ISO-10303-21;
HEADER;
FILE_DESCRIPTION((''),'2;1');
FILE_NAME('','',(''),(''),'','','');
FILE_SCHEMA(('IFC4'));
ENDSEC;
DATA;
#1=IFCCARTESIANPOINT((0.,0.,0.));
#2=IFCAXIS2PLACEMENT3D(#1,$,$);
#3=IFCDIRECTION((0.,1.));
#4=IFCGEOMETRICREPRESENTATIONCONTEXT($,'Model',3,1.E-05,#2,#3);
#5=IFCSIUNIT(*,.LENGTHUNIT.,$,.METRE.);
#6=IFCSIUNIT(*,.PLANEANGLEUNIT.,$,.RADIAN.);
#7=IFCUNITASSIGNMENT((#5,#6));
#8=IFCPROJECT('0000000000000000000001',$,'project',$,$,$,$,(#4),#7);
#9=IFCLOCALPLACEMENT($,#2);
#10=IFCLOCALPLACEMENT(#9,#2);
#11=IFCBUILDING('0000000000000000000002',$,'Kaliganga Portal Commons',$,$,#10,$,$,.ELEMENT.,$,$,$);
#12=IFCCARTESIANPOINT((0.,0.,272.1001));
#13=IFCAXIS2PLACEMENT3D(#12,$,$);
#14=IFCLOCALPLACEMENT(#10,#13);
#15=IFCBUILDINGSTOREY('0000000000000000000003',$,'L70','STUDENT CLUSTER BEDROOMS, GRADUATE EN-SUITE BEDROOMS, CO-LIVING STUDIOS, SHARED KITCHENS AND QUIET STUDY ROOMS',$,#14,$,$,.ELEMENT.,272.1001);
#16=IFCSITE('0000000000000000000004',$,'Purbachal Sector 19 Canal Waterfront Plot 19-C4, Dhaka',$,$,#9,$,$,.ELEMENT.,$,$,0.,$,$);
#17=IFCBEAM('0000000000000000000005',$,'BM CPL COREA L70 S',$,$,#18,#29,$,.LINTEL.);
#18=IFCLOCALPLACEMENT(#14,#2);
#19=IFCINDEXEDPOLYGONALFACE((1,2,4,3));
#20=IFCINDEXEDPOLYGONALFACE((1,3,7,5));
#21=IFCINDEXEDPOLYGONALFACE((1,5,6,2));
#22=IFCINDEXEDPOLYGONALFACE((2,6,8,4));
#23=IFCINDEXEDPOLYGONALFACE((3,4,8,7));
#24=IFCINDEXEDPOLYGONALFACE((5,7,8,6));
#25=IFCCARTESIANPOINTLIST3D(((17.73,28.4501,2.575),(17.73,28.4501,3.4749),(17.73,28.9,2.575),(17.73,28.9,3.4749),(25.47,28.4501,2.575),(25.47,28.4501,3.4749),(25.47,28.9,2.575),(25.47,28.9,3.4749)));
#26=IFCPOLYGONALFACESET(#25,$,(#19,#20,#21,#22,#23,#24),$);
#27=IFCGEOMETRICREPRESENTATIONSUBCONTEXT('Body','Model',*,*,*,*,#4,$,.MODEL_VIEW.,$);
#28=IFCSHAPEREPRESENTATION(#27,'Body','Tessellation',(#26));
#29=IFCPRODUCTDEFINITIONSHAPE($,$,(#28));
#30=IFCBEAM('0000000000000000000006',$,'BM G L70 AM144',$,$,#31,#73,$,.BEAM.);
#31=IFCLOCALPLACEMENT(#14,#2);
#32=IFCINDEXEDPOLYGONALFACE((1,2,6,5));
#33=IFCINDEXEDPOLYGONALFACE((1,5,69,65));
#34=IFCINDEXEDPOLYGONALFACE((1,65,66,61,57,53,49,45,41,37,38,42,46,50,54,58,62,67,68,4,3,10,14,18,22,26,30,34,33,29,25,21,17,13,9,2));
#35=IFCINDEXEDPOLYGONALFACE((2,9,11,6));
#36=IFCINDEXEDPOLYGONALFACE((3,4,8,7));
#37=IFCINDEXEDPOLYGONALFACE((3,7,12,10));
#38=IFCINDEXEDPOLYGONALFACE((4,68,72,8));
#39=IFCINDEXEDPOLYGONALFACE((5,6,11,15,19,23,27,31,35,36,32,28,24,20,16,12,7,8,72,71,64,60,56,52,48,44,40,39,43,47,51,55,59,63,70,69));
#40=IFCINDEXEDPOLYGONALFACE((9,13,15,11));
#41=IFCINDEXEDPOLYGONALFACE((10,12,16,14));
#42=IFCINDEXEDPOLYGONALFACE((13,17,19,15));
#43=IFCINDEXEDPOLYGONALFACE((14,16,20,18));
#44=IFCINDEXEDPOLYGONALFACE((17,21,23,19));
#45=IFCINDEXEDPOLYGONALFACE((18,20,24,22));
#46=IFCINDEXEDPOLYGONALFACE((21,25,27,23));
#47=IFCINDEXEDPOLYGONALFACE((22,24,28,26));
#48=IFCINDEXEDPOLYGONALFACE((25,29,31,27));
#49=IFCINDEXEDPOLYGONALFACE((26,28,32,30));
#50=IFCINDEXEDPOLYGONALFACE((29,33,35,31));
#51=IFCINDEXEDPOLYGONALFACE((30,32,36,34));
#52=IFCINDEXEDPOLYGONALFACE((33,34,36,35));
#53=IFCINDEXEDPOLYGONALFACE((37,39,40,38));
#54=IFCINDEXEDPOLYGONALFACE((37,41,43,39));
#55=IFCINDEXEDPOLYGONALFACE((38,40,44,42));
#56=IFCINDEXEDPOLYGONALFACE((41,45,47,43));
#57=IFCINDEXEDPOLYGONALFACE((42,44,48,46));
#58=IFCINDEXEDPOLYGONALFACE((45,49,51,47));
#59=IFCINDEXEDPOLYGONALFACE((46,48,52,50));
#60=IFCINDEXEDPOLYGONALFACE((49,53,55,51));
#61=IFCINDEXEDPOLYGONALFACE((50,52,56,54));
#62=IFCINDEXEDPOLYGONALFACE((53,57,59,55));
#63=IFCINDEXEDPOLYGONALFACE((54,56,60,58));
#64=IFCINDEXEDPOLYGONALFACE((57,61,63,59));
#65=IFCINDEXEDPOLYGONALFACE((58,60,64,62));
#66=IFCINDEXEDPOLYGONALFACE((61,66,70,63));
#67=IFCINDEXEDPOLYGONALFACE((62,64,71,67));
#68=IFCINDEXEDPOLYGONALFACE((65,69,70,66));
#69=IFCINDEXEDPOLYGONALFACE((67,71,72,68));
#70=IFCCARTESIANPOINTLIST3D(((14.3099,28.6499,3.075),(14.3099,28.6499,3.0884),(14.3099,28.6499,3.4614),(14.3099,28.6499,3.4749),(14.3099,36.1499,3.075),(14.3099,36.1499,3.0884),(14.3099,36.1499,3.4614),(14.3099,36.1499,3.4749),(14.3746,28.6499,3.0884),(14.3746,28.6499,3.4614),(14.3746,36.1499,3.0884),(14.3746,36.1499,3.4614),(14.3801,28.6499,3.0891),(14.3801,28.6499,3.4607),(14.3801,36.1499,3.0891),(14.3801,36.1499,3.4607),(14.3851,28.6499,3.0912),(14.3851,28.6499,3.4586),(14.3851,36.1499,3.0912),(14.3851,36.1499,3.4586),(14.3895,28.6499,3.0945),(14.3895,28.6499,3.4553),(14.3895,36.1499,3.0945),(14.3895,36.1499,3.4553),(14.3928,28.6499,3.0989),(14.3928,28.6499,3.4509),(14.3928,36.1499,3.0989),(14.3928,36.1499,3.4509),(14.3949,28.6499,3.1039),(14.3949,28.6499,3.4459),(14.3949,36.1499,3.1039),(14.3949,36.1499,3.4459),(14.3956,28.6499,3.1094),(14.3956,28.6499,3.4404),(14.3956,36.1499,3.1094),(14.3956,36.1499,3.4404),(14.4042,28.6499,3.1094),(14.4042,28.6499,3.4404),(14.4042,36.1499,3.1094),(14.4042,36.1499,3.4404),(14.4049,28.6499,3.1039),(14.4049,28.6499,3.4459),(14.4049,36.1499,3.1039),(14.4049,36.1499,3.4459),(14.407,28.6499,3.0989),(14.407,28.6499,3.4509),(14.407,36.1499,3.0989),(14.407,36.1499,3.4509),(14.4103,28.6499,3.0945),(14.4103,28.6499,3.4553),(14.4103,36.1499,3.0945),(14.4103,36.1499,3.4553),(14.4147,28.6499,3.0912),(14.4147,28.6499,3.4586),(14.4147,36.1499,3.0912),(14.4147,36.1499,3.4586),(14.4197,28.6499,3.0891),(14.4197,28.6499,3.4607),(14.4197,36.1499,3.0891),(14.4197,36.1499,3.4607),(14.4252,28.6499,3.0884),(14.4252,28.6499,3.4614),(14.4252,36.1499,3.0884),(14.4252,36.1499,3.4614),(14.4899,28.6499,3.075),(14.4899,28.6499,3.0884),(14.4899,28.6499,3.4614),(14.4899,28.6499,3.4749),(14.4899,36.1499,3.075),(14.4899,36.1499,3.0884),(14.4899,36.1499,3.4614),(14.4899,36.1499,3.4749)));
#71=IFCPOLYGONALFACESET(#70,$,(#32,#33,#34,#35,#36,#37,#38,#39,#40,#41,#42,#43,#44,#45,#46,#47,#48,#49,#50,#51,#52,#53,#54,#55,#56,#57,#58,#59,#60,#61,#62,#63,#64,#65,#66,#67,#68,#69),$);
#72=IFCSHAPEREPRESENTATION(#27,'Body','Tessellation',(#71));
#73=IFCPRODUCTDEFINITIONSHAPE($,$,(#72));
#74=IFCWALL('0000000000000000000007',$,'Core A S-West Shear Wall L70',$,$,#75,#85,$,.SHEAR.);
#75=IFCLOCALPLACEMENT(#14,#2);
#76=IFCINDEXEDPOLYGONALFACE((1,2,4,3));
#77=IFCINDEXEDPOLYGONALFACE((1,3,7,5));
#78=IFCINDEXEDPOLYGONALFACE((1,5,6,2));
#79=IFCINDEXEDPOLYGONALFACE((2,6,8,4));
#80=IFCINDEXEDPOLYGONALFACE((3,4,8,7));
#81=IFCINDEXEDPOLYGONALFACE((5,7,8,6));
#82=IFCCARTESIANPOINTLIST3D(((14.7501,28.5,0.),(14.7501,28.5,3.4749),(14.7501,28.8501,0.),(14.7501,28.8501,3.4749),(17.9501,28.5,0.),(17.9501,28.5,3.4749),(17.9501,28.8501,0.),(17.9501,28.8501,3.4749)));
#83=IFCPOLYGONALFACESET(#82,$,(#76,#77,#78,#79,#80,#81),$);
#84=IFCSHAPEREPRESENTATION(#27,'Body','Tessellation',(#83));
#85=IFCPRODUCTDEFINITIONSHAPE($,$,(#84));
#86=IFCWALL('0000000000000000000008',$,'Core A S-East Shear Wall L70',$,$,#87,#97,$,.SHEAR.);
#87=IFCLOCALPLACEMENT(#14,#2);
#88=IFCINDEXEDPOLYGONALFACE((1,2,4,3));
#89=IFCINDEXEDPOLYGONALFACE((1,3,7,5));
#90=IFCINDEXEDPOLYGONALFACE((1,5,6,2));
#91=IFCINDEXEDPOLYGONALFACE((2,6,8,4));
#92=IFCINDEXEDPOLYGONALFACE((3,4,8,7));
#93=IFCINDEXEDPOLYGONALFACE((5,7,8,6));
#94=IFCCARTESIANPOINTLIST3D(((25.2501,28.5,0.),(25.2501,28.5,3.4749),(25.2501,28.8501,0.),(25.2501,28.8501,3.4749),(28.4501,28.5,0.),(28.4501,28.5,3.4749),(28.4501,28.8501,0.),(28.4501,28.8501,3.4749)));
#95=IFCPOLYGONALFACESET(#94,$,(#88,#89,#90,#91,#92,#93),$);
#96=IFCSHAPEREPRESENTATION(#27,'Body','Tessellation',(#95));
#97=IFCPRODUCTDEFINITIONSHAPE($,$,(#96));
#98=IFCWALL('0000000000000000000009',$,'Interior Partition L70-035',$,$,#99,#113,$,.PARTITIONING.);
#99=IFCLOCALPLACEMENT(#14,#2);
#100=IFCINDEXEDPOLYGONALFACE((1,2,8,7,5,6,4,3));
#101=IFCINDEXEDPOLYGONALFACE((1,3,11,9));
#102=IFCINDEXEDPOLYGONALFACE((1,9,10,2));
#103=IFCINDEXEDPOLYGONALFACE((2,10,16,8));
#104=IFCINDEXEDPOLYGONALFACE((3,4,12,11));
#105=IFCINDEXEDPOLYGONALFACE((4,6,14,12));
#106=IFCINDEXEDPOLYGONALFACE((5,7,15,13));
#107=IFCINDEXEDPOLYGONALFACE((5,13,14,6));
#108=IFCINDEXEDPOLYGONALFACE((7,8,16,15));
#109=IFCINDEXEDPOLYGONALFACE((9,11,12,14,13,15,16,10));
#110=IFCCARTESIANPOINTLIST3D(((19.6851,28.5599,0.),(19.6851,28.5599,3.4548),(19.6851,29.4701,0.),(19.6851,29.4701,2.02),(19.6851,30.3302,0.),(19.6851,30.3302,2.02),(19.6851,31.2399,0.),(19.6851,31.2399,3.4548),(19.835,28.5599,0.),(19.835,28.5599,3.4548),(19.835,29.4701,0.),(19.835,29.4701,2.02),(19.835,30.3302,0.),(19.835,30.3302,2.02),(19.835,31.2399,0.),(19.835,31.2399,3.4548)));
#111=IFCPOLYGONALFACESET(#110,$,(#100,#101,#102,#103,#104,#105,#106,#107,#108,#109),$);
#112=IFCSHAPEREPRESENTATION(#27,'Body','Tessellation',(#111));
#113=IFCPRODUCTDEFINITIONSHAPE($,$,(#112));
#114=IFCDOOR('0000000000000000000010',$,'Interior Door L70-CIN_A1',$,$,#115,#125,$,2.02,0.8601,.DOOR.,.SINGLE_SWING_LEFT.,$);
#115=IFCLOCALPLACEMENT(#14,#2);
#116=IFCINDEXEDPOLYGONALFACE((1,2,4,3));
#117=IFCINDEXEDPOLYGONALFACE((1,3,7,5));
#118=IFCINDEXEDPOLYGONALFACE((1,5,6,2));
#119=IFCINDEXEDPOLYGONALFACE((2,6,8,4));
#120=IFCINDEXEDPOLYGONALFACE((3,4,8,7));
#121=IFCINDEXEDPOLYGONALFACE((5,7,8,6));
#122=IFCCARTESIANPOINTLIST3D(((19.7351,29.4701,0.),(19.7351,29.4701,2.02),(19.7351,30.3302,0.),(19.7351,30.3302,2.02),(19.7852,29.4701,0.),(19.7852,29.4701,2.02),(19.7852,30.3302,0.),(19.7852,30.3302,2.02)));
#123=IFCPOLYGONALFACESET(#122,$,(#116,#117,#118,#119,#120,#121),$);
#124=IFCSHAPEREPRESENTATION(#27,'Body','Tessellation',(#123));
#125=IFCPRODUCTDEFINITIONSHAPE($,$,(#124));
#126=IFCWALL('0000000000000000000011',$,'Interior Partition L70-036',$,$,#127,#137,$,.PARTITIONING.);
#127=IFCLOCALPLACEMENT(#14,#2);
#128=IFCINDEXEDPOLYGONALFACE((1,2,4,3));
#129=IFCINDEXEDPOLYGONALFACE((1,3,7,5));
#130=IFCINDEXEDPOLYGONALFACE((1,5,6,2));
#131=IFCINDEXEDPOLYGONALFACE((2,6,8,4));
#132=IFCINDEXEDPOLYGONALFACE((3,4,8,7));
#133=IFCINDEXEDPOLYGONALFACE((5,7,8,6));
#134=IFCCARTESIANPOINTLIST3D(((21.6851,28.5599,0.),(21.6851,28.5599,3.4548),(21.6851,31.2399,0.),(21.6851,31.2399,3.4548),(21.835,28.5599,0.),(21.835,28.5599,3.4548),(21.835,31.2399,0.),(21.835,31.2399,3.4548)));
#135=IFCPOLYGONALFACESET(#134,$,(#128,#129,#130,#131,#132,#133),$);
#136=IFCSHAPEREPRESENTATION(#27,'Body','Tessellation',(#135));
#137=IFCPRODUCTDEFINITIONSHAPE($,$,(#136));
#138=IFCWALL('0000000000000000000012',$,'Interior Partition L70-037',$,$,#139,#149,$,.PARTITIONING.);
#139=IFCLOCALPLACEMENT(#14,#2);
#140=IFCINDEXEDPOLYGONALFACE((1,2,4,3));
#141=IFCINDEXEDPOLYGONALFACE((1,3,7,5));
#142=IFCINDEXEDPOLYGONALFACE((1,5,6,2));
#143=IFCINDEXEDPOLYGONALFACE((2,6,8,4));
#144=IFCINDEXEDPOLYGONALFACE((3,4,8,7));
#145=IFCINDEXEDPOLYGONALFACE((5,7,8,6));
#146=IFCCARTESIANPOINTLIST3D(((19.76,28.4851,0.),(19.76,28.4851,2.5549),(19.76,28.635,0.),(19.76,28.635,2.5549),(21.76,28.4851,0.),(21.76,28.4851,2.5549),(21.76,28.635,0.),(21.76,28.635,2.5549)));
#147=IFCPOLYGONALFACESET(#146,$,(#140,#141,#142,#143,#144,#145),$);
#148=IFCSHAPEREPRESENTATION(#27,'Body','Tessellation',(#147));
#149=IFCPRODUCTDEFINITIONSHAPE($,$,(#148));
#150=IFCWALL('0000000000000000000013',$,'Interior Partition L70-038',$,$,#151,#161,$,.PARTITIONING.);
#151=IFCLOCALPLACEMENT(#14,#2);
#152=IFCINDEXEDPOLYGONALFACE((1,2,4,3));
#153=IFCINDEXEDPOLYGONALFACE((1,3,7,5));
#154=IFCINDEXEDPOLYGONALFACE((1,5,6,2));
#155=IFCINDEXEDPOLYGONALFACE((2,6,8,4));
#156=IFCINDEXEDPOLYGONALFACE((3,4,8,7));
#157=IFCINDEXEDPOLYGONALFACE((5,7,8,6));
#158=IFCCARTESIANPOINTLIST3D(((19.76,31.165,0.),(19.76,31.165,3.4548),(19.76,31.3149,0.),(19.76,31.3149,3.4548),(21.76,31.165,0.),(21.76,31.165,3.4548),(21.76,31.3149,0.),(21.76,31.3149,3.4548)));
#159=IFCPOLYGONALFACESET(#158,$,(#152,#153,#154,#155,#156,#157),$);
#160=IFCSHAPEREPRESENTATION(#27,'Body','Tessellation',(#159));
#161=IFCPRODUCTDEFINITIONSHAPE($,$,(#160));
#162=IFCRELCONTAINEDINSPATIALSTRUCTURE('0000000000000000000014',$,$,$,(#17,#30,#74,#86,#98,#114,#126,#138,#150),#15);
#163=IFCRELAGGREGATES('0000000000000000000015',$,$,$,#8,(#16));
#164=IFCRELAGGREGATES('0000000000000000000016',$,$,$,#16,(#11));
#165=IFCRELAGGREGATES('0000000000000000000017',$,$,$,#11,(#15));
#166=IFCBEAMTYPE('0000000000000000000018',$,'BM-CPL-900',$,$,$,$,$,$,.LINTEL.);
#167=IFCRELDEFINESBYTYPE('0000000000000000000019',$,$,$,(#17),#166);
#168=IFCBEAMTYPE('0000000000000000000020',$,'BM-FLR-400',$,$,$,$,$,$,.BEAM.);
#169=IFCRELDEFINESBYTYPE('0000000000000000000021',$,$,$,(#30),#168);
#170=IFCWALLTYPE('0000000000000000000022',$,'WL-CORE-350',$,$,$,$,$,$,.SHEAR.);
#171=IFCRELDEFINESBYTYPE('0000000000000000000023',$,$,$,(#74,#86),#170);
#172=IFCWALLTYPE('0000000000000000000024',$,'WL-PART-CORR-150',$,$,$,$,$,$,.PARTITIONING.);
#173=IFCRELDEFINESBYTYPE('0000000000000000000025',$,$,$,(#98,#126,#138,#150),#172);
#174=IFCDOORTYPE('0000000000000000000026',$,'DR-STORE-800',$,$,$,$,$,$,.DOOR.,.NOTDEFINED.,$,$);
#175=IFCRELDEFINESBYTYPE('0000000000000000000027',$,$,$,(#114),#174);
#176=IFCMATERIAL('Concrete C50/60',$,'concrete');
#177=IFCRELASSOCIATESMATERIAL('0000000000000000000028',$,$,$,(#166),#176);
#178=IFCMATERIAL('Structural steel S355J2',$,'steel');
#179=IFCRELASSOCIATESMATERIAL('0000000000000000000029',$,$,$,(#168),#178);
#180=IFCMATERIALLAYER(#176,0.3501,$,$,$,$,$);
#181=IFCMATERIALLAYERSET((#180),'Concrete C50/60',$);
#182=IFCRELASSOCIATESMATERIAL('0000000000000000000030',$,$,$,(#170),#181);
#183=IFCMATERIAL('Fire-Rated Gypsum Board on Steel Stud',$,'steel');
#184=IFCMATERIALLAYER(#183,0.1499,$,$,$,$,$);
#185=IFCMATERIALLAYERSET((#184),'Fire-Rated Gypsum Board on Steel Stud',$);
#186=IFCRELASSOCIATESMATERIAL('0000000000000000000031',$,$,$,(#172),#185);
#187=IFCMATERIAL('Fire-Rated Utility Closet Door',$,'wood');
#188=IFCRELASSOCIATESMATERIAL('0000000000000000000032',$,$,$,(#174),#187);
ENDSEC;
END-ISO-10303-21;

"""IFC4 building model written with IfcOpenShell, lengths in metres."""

from ifc_helpers import new_model, si_unit, direction, frame, frame_2d, origin, origin_2d, place, context, subcontext, project, spatial, rectangle, i_section, extrude, source, transform, mapped, material, layer, layer_set, material_profile, profile_set, type_object, element, fill, save


model = new_model("IFC4")

# Units and contexts
model_context = context("Model", 3, precision=1e-05, world=origin(), true_north=direction((0.0, 1.0)))
body_context = subcontext(model_context, "Body", "Model", "MODEL_VIEW")
ifc_project = project(units=[si_unit("LENGTHUNIT", "METRE"), si_unit("PLANEANGLEUNIT", "RADIAN")], contexts=[model_context])

# Site, building, storey
site_placement = place(None, origin())
site = spatial("IfcSite", under=ifc_project, at=site_placement, Name="Purbachal Sector 19 Canal Waterfront Plot 19-C4, Dhaka", CompositionType="ELEMENT", RefElevation=0.0)
building_placement = place(site_placement, origin())
building = spatial("IfcBuilding", under=site, at=building_placement, Name="Kaliganga Portal Commons", CompositionType="ELEMENT")
storey_placement = place(building_placement, frame((0.0, 0.0, 272.1001)))
storey = spatial("IfcBuildingStorey", under=building, at=storey_placement, Name="L70", Description="STUDENT CLUSTER BEDROOMS, GRADUATE EN-SUITE BEDROOMS, CO-LIVING STUDIOS, SHARED KITCHENS AND QUIET STUDY ROOMS", CompositionType="ELEMENT", Elevation=272.1001)

# Beams
ifc_material_1 = material(Name="Concrete C50/60", Category="concrete")
ifc_material_profile_1 = material_profile(ifc_material_1, rectangle(XDim=0.45, YDim=0.8999, at=origin_2d()), Name="RC 450x900")
ifc_profile_set_1 = profile_set([ifc_material_profile_1], Name="Concrete C50/60")
beam_type_1 = type_object("IfcBeamType", Name="BM-CPL-900", PredefinedType="LINTEL", material=ifc_profile_set_1)
shared_shape_1 = source(origin(), body_context, "Body", "SweptSolid", [
    extrude(rectangle(XDim=0.45, YDim=0.8999, at=origin_2d()), origin(), (0.0, 0.0, 1.0), 7.74),
])
beam_1_placement = place(storey_placement, frame((17.73, 28.675, 3.0249), z_axis=(1.0, 0.0, 0.0), x_axis=(0.0, 1.0, 0.0)))
element("IfcBeam", 1, at=beam_1_placement, inside=storey, type_object=beam_type_1, Name="BM CPL COREA L70 S", PredefinedType="LINTEL", context=body_context, shape_type="MappedRepresentation", body=[
    mapped(shared_shape_1, transform((0.0, 0.0, 0.0), x_axis=(1.0, 0.0, 0.0), y_axis=(0.0, 1.0, 0.0), z_axis=(0.0, 0.0, 1.0), scale=1.0)),
])
ifc_material_2 = material(Name="Structural steel S355J2", Category="steel")
ifc_material_profile_2 = material_profile(ifc_material_2, i_section(OverallWidth=0.1799, OverallDepth=0.3999, WebThickness=0.0085, FlangeThickness=0.0134, FilletRadius=0.021, at=origin_2d()), Name="IPE 400")
ifc_profile_set_2 = profile_set([ifc_material_profile_2], Name="Structural steel S355J2 wide-flange")
beam_type_2 = type_object("IfcBeamType", Name="BM-FLR-400", PredefinedType="BEAM", material=ifc_profile_set_2)
shared_shape_2 = source(origin(), body_context, "Body", "SweptSolid", [
    extrude(i_section(OverallWidth=0.1799, OverallDepth=0.3999, WebThickness=0.0085, FlangeThickness=0.0134, FilletRadius=0.021, at=origin_2d()), origin(), (0.0, 0.0, 1.0), 7.5),
])
beam_2_placement = place(storey_placement, frame((14.3999, 28.6499, 3.2749), z_axis=(0.0, 1.0, 0.0), x_axis=(-1.0, 0.0, 0.0)))
element("IfcBeam", 2, at=beam_2_placement, inside=storey, type_object=beam_type_2, Name="BM G L70 AM144", PredefinedType="BEAM", context=body_context, shape_type="MappedRepresentation", body=[
    mapped(shared_shape_2, transform((0.0, 0.0, 0.0), x_axis=(1.0, 0.0, 0.0), y_axis=(0.0, 1.0, 0.0), z_axis=(0.0, 0.0, 1.0), scale=1.0)),
])

# Walls
ifc_layer_1 = layer(ifc_material_1, 0.3501)
ifc_layer_set_1 = layer_set([ifc_layer_1], Name="Concrete C50/60")
wall_type_1 = type_object("IfcWallType", Name="WL-CORE-350", PredefinedType="SHEAR", material=ifc_layer_set_1)
for number, where, z_axis, x_axis, name in (
    (3, (14.75, 28.675, 0.0), (0.0, 0.0, 1.0), (1.0, 0.0, 0.0), "Core A S-West Shear Wall L70"),
    (4, (25.25, 28.675, 0.0), (0.0, 0.0, 1.0), (1.0, 0.0, 0.0), "Core A S-East Shear Wall L70"),
):
    element("IfcWall", number, at=place(storey_placement, frame(where, z_axis=z_axis, x_axis=x_axis)), inside=storey, type_object=wall_type_1, Name=name, PredefinedType="SHEAR", context=body_context, shape_type="SweptSolid", body=[
        extrude(rectangle(XDim=3.2, YDim=0.3501, at=frame_2d((1.6001, 0.0))), origin(), (0.0, 0.0, 1.0), 3.4749),
    ])

# Wall, opening, door
ifc_material_3 = material(Name="Fire-Rated Gypsum Board on Steel Stud", Category="steel")
ifc_layer_2 = layer(ifc_material_3, 0.1499)
ifc_layer_set_2 = layer_set([ifc_layer_2], Name="Fire-Rated Gypsum Board on Steel Stud")
wall_type_2 = type_object("IfcWallType", Name="WL-PART-CORR-150", PredefinedType="PARTITIONING", material=ifc_layer_set_2)
wall_1_placement = place(storey_placement, frame((19.76, 28.5601, 0.0), z_axis=(0.0, 0.0, 1.0), x_axis=(0.0, 1.0, 0.0)))
wall_1 = element("IfcWall", 5, at=wall_1_placement, inside=storey, type_object=wall_type_2, Name="Interior Partition L70-035", PredefinedType="PARTITIONING", context=body_context, shape_type="SweptSolid", body=[
    extrude(rectangle(XDim=2.6799, YDim=0.1499, at=frame_2d((1.3398, 0.0))), origin(), (0.0, 0.0, 1.0), 3.4548),
])
opening_1_placement = place(wall_1_placement, frame((0.9099, 0.0, 0.0)))
opening_1 = element("IfcOpeningElement", 6, at=opening_1_placement, cuts=wall_1, PredefinedType="OPENING", context=body_context, shape_type="SweptSolid", body=[
    extrude(rectangle(XDim=0.8601, YDim=2.02, at=frame_2d((0.4302, 1.01))), frame((0.0, 0.085, 0.0), z_axis=(0.0, -1.0, 0.0), x_axis=(1.0, 0.0, 0.0)), (0.0, 0.0, 1.0), 0.1699),
])
ifc_material_4 = material(Name="Fire-Rated Utility Closet Door", Category="wood")
door_type_1 = type_object("IfcDoorType", Name="DR-STORE-800", OperationType="NOTDEFINED", PredefinedType="DOOR", material=ifc_material_4)
door_1_placement = place(opening_1_placement, origin())
door_1 = element("IfcDoor", 7, at=door_1_placement, inside=storey, type_object=door_type_1, Name="Interior Door L70-CIN_A1", OperationType="SINGLE_SWING_LEFT", OverallHeight=2.02, OverallWidth=0.8601, PredefinedType="DOOR", context=body_context, shape_type="SweptSolid", body=[
    extrude(rectangle(XDim=0.8601, YDim=2.02, at=frame_2d((0.4302, 1.01))), frame((0.0, 0.0249, 0.0), z_axis=(0.0, -1.0, 0.0), x_axis=(1.0, 0.0, 0.0)), (0.0, 0.0, 1.0), 0.05),
])
fill(opening_1, door_1)

# Walls
wall_2_placement = place(storey_placement, frame((21.76, 28.5601, 0.0), z_axis=(0.0, 0.0, 1.0), x_axis=(0.0, 1.0, 0.0)))
element("IfcWall", 8, at=wall_2_placement, inside=storey, type_object=wall_type_2, Name="Interior Partition L70-036", PredefinedType="PARTITIONING", context=body_context, shape_type="SweptSolid", body=[
    extrude(rectangle(XDim=2.6799, YDim=0.1499, at=frame_2d((1.3398, 0.0))), origin(), (0.0, 0.0, 1.0), 3.4548),
])
wall_3_placement = place(storey_placement, frame((19.76, 28.5601, 0.0), z_axis=(0.0, 0.0, 1.0), x_axis=(1.0, 0.0, 0.0)))
element("IfcWall", 9, at=wall_3_placement, inside=storey, type_object=wall_type_2, Name="Interior Partition L70-037", PredefinedType="PARTITIONING", context=body_context, shape_type="SweptSolid", body=[
    extrude(rectangle(XDim=2.0, YDim=0.1499, at=frame_2d((1.0, 0.0))), origin(), (0.0, 0.0, 1.0), 2.5549),
])
wall_4_placement = place(storey_placement, frame((19.76, 31.24, 0.0), z_axis=(0.0, 0.0, 1.0), x_axis=(1.0, 0.0, 0.0)))
element("IfcWall", 10, at=wall_4_placement, inside=storey, type_object=wall_type_2, Name="Interior Partition L70-038", PredefinedType="PARTITIONING", context=body_context, shape_type="SweptSolid", body=[
    extrude(rectangle(XDim=2.0, YDim=0.1499, at=frame_2d((1.0, 0.0))), origin(), (0.0, 0.0, 1.0), 3.4548),
])

save(model, "model.ifc")
